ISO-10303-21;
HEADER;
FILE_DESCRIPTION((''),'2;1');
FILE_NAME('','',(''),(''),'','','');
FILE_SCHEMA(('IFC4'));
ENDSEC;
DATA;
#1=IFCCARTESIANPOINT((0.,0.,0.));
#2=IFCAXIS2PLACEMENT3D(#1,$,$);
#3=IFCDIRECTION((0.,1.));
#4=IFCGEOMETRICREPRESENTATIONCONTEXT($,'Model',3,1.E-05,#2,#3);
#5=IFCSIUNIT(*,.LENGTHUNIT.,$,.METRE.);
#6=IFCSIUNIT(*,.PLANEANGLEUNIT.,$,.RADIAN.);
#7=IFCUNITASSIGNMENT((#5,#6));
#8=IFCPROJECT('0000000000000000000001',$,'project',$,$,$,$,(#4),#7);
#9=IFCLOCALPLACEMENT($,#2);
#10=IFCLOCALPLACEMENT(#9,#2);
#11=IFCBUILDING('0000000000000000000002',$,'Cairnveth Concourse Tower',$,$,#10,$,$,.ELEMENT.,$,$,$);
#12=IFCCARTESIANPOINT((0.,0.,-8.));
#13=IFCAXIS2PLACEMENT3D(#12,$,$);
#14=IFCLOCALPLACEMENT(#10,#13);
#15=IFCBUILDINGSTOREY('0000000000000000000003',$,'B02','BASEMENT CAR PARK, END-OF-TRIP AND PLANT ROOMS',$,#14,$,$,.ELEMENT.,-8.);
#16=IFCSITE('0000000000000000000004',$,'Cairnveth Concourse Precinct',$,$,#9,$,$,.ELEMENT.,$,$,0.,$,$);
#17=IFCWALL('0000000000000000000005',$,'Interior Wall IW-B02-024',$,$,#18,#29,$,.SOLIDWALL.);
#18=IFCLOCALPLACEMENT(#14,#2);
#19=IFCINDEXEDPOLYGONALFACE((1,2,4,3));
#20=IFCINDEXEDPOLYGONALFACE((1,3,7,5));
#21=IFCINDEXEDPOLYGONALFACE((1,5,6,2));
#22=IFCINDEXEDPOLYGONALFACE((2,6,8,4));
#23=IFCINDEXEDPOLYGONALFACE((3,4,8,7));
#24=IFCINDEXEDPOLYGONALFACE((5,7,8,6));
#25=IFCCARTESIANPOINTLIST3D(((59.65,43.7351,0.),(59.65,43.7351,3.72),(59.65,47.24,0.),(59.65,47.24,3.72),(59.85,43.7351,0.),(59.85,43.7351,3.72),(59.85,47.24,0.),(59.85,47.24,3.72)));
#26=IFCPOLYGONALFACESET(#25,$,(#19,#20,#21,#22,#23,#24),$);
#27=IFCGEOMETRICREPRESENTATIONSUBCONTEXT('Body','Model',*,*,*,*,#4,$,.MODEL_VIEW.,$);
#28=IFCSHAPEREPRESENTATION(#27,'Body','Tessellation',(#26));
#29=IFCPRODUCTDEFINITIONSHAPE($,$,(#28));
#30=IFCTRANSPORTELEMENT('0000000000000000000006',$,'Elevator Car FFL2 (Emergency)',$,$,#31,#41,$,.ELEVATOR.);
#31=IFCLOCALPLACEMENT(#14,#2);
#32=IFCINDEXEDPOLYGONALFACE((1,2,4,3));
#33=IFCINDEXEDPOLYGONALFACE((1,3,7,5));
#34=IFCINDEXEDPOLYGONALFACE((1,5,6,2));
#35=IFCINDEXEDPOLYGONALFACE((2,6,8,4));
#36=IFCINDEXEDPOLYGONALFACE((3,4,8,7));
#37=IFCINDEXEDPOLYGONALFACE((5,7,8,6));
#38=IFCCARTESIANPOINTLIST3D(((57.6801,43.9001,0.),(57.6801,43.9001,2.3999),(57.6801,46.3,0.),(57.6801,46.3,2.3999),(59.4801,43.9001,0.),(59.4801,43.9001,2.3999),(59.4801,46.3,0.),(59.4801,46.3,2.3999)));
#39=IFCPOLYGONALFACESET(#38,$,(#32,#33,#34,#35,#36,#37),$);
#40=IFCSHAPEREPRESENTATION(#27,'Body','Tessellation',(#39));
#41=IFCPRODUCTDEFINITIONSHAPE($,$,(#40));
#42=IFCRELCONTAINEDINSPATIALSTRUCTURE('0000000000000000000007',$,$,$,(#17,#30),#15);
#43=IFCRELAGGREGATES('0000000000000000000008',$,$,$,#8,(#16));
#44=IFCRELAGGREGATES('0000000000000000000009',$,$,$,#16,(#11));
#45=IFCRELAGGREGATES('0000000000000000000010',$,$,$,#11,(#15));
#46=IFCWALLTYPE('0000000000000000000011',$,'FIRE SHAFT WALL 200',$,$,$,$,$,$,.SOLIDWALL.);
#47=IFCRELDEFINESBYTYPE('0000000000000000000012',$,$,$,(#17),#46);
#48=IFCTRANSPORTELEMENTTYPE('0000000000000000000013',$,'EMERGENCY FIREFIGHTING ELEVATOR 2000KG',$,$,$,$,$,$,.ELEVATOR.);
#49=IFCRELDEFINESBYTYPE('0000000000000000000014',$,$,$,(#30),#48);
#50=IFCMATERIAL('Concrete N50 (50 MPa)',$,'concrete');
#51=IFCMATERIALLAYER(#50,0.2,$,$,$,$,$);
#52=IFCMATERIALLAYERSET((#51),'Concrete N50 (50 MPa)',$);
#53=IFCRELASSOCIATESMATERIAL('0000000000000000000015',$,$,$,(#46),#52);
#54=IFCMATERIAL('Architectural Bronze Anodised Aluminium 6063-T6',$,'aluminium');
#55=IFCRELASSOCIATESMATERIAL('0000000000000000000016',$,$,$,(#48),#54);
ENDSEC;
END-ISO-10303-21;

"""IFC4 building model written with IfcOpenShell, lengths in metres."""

from ifc_helpers import new_model, si_unit, direction, frame, frame_2d, origin, origin_2d, place, context, subcontext, project, spatial, rectangle, extrude, material, layer, layer_set, type_object, element, save


model = new_model("IFC4")

# Units and contexts
model_context = context("Model", 3, precision=1e-05, world=origin(), true_north=direction((0.0, 1.0)))
body_context = subcontext(model_context, "Body", "Model", "MODEL_VIEW")
ifc_project = project(units=[si_unit("LENGTHUNIT", "METRE"), si_unit("PLANEANGLEUNIT", "RADIAN")], contexts=[model_context])

# Site, building, storey
site_placement = place(None, origin())
site = spatial("IfcSite", under=ifc_project, at=site_placement, Name="Cairnveth Concourse Precinct", CompositionType="ELEMENT", RefElevation=0.0)
building_placement = place(site_placement, origin())
building = spatial("IfcBuilding", under=site, at=building_placement, Name="Cairnveth Concourse Tower", CompositionType="ELEMENT")
storey_placement = place(building_placement, frame((0.0, 0.0, -8.0)))
storey = spatial("IfcBuildingStorey", under=building, at=storey_placement, Name="B02", Description="BASEMENT CAR PARK, END-OF-TRIP AND PLANT ROOMS", CompositionType="ELEMENT", Elevation=-8.0)

# Shared definitions
ifc_material_1 = material(Name="Concrete N50 (50 MPa)", Category="concrete")

# Shared definitions
ifc_layer_1 = layer(ifc_material_1, 0.2)
ifc_layer_set_1 = layer_set([ifc_layer_1], Name="Concrete N50 (50 MPa)")
wall_type_1 = type_object("IfcWallType", Name="FIRE SHAFT WALL 200", PredefinedType="SOLIDWALL", material=ifc_layer_set_1)

# Wall
wall_1_placement = place(storey_placement, frame((59.75, 43.7351, 0.0), z_axis=(0.0, 0.0, 1.0), x_axis=(0.0, 1.0, 0.0)))
element("IfcWall", 1, at=wall_1_placement, inside=storey, type_object=wall_type_1, Name="Interior Wall IW-B02-024", PredefinedType="SOLIDWALL", context=body_context, shape_type="SweptSolid", body=[
    extrude(rectangle(XDim=3.5049, YDim=0.2, at=frame_2d((1.7524, 0.0))), origin(), (0.0, 0.0, 1.0), 3.72),
])

# Transport element
ifc_material_2 = material(Name="Architectural Bronze Anodised Aluminium 6063-T6", Category="aluminium")
transport_element_type = type_object("IfcTransportElementType", Name="EMERGENCY FIREFIGHTING ELEVATOR 2000KG", PredefinedType="ELEVATOR", material=ifc_material_2)
transport_element_placement = place(storey_placement, frame((58.5801, 45.1001, 0.0), z_axis=(0.0, 0.0, 1.0), x_axis=(1.0, 0.0, 0.0)))
element("IfcTransportElement", 2, at=transport_element_placement, inside=storey, type_object=transport_element_type, Name="Elevator Car FFL2 (Emergency)", PredefinedType="ELEVATOR", context=body_context, shape_type="SweptSolid", body=[
    extrude(rectangle(XDim=1.8, YDim=2.3999, at=origin_2d()), origin(), (0.0, 0.0, 1.0), 2.3999),
])

save(model, "model.ifc")
